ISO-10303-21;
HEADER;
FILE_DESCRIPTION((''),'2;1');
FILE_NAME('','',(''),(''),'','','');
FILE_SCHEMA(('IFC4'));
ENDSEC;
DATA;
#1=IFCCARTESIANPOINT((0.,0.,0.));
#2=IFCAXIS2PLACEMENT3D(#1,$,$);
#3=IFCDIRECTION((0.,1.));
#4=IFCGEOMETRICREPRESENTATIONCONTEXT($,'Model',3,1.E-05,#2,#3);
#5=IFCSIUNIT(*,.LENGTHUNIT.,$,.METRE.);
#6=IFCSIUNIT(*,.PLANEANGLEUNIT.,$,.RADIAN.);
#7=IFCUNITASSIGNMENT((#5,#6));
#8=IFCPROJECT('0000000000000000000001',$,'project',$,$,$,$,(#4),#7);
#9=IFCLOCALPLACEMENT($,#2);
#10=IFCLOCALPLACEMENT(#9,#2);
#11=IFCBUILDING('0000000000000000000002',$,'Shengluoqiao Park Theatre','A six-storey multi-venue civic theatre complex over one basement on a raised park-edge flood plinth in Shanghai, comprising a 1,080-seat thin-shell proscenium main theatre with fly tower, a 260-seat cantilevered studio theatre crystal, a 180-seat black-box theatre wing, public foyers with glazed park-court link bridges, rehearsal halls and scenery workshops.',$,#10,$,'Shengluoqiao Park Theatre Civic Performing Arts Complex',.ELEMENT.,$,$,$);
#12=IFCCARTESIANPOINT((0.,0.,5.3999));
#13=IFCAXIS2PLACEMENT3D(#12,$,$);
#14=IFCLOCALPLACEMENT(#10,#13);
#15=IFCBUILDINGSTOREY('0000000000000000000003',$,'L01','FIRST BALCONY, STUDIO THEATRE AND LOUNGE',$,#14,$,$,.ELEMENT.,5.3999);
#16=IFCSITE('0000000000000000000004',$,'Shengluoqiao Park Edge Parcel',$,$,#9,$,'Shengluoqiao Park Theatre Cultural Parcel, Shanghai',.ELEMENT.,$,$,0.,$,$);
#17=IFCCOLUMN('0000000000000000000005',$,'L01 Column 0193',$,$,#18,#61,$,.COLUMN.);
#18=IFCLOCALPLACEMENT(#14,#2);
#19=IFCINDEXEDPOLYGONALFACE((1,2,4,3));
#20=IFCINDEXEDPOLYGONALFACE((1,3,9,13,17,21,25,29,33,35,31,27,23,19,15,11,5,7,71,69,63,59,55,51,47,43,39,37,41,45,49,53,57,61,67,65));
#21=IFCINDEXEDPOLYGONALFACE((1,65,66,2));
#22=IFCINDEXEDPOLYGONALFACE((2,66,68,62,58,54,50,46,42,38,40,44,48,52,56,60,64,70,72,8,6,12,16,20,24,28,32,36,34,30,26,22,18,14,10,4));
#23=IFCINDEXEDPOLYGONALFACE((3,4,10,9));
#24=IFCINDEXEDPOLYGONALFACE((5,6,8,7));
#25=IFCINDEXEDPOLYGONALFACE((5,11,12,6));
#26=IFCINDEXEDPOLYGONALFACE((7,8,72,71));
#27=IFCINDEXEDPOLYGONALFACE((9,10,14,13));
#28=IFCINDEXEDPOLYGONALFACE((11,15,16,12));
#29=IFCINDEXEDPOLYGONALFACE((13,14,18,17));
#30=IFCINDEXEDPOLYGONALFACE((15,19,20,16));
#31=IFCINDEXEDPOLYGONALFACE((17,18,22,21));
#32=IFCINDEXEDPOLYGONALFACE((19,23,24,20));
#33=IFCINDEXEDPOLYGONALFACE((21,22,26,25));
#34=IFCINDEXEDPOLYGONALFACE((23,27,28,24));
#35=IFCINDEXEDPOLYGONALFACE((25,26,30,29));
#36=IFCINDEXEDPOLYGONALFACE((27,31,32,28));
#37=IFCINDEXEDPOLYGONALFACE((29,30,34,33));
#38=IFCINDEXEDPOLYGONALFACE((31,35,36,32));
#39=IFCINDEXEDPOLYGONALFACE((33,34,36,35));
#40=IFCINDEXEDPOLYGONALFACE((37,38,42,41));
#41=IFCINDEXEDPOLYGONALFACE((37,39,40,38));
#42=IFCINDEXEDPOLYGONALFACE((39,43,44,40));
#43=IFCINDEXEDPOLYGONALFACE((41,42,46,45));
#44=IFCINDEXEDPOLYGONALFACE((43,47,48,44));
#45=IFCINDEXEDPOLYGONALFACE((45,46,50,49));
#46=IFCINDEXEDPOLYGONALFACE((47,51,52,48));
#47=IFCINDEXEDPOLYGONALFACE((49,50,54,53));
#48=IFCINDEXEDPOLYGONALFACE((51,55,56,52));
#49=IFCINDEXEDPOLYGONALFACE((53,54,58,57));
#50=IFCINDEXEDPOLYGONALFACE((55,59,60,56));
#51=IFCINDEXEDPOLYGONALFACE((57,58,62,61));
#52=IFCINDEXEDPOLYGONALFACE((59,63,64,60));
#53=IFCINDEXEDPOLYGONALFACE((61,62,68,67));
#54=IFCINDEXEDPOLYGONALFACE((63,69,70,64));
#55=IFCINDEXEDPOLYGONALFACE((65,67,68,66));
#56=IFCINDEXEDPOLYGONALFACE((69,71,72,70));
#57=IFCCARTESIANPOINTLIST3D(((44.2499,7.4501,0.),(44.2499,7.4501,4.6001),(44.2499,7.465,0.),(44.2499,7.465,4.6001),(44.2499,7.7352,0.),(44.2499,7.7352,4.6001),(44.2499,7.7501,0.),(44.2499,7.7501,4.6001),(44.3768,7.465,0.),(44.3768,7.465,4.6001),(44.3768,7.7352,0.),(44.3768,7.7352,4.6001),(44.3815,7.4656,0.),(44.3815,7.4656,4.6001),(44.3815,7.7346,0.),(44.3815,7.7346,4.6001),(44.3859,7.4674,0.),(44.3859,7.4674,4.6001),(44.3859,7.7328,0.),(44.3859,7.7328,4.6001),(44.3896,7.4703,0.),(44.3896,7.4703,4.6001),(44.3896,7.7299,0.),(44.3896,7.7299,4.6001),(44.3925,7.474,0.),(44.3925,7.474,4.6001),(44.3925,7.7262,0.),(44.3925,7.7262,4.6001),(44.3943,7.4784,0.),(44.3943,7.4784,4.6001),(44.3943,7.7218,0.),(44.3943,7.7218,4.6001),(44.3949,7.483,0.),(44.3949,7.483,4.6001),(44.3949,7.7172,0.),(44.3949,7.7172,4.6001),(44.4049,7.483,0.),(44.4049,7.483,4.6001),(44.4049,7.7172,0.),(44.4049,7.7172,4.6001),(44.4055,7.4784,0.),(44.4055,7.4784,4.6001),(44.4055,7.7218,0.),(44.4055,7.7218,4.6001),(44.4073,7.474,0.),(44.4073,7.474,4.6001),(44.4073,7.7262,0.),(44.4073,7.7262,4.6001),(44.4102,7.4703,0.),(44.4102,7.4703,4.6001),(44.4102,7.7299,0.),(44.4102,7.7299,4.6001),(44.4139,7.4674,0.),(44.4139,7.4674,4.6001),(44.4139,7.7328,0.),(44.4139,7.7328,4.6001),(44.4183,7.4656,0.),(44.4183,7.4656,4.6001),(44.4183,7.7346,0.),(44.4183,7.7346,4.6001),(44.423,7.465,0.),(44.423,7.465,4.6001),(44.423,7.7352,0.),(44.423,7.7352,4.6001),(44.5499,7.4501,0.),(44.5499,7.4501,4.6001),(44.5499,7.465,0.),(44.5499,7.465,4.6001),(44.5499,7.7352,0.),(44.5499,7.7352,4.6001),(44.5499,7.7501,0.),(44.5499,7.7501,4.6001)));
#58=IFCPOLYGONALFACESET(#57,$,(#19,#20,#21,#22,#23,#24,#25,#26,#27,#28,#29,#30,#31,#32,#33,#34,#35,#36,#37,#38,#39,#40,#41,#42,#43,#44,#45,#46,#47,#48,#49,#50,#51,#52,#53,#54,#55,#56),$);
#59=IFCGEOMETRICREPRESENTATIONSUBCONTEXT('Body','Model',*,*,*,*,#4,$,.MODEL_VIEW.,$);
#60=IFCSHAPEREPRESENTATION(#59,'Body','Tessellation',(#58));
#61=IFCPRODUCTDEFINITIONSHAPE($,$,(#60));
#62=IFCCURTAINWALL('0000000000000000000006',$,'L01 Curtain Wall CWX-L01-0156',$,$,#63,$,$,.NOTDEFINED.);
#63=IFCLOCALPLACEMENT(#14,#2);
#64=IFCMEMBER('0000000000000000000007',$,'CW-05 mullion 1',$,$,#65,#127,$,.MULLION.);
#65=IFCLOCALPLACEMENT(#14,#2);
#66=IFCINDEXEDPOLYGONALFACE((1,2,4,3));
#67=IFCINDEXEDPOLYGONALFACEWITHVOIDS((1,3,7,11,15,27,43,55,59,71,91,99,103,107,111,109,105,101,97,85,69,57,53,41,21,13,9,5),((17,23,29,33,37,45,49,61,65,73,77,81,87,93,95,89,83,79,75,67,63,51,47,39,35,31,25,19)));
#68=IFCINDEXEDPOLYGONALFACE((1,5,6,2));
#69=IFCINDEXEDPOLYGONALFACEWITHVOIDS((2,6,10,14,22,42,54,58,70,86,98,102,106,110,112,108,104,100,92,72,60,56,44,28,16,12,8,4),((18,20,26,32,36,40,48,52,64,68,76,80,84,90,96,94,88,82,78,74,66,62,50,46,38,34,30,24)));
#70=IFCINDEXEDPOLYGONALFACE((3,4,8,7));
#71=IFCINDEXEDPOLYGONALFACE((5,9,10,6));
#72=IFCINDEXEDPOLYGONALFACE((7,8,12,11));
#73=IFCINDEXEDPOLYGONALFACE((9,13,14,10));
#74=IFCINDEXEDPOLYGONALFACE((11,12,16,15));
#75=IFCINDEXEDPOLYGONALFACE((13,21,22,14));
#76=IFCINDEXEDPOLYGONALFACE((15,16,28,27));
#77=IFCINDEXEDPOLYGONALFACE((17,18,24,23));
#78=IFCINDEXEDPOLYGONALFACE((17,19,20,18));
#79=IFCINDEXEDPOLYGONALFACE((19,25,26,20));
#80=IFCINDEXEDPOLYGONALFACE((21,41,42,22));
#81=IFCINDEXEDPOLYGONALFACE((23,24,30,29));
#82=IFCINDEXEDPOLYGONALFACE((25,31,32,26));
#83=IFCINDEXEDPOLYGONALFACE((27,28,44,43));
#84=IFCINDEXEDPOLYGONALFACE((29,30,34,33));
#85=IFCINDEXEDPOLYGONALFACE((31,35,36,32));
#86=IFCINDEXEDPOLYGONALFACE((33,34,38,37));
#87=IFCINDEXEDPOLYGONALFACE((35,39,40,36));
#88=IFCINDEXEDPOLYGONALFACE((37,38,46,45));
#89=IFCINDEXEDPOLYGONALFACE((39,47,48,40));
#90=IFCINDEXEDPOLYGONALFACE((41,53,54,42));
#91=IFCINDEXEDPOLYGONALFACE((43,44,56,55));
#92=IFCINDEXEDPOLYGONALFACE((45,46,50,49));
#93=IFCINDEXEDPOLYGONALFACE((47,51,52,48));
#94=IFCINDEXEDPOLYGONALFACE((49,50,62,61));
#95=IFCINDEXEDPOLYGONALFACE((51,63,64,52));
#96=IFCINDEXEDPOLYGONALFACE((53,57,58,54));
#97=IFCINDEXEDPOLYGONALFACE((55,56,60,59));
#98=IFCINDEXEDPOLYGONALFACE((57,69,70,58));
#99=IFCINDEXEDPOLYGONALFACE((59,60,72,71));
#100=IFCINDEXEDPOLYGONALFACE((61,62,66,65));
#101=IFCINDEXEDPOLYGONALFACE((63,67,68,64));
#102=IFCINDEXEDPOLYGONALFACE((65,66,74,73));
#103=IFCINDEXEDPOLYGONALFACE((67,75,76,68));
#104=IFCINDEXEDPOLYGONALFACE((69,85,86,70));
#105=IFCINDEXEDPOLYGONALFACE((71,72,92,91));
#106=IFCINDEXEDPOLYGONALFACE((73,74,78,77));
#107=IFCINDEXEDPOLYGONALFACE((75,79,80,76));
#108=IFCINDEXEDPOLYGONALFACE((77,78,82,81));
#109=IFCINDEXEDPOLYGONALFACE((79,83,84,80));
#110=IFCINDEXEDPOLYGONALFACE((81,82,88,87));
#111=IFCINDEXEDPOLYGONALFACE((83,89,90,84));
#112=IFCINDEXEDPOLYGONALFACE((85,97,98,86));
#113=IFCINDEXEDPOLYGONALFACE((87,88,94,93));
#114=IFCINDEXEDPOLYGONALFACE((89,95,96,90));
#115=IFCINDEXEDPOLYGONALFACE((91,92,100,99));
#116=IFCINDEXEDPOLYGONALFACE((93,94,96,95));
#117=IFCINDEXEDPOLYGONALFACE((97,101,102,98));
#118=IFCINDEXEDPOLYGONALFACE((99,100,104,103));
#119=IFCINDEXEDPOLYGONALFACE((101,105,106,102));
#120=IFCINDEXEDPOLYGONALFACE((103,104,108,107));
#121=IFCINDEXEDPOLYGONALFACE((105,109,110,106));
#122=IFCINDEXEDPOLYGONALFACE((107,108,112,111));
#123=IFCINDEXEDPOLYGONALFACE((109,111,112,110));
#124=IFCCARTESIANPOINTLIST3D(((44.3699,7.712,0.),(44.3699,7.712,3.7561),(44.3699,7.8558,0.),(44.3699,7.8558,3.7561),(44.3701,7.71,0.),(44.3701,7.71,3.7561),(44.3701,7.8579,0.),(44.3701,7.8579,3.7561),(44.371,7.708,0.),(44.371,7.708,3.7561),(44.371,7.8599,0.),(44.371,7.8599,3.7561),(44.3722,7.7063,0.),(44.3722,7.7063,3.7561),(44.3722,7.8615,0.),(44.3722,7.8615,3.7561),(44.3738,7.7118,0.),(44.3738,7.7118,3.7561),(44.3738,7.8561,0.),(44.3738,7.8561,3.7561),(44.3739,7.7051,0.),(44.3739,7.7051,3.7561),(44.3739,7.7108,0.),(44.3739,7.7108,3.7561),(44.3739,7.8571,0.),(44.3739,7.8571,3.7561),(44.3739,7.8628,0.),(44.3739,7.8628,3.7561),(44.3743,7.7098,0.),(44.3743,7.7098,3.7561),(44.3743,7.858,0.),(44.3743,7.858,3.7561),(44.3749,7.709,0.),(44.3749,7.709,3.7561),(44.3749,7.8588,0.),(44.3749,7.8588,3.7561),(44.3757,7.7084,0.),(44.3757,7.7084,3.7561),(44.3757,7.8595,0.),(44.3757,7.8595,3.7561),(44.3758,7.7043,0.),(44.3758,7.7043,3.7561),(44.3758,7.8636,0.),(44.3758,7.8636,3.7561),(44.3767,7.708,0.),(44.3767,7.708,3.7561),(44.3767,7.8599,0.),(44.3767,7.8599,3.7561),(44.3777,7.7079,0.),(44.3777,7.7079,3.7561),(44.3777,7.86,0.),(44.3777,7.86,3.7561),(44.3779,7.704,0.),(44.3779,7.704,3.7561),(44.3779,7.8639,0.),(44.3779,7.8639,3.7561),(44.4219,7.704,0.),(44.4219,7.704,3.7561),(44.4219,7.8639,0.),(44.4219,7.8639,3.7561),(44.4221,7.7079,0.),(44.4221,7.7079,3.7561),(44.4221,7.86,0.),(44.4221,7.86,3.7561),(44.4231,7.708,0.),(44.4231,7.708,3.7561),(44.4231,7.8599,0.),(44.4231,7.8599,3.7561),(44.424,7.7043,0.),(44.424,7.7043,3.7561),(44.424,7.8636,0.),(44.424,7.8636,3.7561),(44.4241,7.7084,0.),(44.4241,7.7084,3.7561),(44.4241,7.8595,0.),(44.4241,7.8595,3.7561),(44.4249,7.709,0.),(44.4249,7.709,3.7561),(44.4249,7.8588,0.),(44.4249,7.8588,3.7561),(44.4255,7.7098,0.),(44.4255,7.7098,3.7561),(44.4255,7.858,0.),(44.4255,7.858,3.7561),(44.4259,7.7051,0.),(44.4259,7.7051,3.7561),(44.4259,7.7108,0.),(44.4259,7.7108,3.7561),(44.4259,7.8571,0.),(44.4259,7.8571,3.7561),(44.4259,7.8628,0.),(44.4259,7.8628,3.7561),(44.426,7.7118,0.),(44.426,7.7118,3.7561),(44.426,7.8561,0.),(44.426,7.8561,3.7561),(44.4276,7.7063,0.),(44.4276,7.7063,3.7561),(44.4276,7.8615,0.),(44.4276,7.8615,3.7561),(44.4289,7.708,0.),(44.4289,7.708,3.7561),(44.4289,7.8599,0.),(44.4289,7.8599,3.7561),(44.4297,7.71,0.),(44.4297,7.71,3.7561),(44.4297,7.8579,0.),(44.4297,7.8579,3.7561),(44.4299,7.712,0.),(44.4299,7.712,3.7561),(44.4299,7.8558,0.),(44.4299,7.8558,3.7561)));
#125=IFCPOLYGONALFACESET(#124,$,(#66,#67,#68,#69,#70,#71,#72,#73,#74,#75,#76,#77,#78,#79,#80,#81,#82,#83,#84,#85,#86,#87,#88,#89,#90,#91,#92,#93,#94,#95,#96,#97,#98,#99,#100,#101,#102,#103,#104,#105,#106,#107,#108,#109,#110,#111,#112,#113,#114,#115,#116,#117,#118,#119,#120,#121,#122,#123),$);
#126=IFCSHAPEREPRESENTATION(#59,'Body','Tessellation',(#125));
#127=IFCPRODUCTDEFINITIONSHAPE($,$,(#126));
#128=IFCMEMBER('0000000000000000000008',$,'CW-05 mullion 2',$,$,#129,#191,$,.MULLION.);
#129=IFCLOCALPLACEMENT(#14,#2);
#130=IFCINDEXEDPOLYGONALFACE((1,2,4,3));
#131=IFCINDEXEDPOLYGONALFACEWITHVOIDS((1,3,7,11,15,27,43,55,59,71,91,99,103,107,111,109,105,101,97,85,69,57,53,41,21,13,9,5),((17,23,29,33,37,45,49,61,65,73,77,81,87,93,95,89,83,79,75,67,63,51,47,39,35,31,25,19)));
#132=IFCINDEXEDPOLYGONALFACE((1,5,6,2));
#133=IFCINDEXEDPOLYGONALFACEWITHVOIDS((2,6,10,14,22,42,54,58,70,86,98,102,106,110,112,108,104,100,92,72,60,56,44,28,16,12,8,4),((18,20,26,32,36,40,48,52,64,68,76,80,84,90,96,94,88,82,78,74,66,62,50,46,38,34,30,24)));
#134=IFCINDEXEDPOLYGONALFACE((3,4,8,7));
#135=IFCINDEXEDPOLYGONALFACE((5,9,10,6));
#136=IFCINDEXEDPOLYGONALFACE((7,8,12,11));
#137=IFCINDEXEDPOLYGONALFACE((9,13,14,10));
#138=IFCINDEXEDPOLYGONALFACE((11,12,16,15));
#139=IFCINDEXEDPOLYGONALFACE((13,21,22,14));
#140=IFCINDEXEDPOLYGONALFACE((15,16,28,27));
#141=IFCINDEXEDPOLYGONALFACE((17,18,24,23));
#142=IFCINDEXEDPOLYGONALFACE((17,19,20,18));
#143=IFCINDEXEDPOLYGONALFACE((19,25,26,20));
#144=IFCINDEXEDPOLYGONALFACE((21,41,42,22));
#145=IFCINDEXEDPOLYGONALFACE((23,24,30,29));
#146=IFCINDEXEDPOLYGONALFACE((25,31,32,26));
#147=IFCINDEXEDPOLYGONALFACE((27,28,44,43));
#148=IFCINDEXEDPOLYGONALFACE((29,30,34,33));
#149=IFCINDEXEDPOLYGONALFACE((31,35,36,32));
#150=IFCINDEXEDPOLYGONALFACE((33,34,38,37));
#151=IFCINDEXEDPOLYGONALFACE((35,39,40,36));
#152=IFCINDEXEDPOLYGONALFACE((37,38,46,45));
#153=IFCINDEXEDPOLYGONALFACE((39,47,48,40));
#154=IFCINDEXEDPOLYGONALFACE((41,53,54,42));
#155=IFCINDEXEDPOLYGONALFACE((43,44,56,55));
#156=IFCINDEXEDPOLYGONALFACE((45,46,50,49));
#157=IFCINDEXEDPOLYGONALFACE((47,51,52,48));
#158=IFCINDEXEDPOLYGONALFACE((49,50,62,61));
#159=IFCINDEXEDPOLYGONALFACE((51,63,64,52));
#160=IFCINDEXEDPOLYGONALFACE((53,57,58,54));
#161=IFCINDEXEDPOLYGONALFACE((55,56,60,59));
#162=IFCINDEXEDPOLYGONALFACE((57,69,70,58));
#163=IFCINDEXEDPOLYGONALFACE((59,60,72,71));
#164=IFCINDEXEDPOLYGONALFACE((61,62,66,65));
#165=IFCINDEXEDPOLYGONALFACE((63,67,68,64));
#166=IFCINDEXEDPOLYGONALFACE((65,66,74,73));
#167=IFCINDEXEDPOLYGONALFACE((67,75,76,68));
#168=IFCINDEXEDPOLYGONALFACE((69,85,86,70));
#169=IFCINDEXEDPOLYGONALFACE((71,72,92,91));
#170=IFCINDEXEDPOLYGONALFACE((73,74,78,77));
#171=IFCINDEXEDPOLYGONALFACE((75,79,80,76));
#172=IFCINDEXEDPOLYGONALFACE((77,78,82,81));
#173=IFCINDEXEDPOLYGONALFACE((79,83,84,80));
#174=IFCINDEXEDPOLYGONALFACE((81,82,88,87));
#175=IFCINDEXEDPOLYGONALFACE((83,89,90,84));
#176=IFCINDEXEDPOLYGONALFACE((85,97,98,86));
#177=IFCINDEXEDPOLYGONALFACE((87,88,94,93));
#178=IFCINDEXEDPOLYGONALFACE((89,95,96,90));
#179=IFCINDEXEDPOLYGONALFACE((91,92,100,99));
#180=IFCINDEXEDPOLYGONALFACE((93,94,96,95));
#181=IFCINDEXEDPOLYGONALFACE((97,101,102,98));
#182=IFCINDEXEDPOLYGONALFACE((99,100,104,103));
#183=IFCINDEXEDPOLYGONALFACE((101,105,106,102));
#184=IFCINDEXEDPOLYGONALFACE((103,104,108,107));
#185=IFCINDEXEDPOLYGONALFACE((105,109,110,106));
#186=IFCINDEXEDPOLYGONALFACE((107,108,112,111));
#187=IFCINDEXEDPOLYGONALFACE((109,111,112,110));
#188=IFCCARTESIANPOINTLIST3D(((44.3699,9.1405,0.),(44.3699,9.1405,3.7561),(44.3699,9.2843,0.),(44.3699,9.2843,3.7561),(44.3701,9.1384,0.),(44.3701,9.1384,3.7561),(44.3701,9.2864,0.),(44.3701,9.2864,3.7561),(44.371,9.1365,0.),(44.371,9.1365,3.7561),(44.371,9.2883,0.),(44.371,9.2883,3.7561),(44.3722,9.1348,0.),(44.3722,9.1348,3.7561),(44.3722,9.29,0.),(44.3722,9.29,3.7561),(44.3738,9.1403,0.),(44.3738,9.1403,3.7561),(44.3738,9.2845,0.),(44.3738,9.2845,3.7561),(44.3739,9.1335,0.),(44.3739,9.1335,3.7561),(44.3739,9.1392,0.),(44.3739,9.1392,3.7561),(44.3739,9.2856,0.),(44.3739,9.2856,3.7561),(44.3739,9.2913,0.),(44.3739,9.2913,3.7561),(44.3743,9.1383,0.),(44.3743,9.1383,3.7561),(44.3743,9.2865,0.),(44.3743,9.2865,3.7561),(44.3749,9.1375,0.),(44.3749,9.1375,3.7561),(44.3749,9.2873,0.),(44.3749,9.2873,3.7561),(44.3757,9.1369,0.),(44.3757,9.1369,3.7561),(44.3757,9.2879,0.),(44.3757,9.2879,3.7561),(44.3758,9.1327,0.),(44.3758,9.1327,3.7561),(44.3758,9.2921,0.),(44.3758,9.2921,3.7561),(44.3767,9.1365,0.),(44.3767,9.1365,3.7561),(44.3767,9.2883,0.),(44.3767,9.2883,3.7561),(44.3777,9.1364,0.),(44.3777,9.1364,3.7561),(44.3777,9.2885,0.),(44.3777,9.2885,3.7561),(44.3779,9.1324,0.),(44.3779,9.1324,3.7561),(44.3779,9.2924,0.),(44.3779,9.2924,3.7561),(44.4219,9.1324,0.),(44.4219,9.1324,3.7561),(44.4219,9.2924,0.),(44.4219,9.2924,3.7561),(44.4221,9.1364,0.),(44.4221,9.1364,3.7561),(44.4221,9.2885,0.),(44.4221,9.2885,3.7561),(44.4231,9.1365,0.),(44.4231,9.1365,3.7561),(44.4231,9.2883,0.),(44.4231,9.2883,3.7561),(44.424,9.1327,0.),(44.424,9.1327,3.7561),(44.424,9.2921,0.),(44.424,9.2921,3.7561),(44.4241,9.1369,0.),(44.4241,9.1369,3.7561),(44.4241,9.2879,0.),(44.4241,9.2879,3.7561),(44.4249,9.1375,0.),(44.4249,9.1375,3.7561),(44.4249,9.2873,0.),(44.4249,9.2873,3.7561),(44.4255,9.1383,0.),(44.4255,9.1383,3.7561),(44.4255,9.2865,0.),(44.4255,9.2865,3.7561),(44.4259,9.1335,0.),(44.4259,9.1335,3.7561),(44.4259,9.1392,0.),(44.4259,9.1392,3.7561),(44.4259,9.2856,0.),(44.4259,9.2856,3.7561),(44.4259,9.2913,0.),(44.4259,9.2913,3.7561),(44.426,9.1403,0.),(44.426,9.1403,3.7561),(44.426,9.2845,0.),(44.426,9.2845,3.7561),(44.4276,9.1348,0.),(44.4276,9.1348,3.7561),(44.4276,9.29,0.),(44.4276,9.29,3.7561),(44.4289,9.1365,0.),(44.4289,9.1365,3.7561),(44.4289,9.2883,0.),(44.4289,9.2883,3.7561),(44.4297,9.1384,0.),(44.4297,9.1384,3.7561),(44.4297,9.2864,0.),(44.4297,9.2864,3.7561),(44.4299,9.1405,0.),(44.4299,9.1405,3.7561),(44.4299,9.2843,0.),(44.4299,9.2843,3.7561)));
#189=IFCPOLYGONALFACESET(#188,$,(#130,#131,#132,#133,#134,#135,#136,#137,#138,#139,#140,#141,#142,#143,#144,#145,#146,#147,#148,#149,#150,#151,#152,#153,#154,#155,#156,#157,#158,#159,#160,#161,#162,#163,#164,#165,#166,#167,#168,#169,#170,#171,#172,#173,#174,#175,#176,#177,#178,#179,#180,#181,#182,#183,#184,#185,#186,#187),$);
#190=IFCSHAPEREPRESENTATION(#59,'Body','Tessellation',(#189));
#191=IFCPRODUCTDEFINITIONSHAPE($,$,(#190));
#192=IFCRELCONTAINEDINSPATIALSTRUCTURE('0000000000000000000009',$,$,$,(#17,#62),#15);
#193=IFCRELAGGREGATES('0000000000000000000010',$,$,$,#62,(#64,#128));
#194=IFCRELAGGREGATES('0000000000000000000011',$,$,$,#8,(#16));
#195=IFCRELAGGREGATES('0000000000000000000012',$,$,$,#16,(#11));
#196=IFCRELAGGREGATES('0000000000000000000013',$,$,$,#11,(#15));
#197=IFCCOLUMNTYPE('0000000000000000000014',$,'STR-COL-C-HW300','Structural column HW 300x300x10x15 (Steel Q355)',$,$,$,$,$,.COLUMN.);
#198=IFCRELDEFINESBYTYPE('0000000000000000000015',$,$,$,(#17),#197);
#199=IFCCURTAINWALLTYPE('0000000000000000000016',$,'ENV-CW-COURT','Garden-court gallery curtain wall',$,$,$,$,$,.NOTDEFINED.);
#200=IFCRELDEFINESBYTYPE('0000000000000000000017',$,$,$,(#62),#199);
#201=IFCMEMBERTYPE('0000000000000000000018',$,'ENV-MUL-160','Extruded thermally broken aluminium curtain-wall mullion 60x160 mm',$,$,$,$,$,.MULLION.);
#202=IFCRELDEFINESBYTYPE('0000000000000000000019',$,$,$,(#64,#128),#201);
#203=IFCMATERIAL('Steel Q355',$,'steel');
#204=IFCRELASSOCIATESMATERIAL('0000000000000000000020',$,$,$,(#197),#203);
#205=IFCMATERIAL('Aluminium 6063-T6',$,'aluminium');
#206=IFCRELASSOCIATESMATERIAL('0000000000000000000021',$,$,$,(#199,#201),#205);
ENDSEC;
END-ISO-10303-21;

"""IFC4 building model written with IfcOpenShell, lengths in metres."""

from ifc_helpers import new_model, si_unit, direction, frame, origin, origin_2d, place, context, subcontext, project, spatial, hollow_rectangle, i_section, extrude, material, material_profile, profile_set, type_object, element, aggregate, save


model = new_model("IFC4")

# Units and contexts
model_context = context("Model", 3, precision=1e-05, world=origin(), true_north=direction((0.0, 1.0)))
body_context = subcontext(model_context, "Body", "Model", "MODEL_VIEW")
ifc_project = project(units=[si_unit("LENGTHUNIT", "METRE"), si_unit("PLANEANGLEUNIT", "RADIAN")], contexts=[model_context])

# Site, building, storey
site_placement = place(None, origin())
site = spatial("IfcSite", under=ifc_project, at=site_placement, Name="Shengluoqiao Park Edge Parcel", LongName="Shengluoqiao Park Theatre Cultural Parcel, Shanghai", CompositionType="ELEMENT", RefElevation=0.0)
building_placement = place(site_placement, origin())
building = spatial("IfcBuilding", under=site, at=building_placement, Name="Shengluoqiao Park Theatre", Description="A six-storey multi-venue civic theatre complex over one basement on a raised park-edge flood plinth in Shanghai, comprising a 1,080-seat thin-shell proscenium main theatre with fly tower, a 260-seat cantilevered studio theatre crystal, a 180-seat black-box theatre wing, public foyers with glazed park-court link bridges, rehearsal halls and scenery workshops.", LongName="Shengluoqiao Park Theatre Civic Performing Arts Complex", CompositionType="ELEMENT")
storey_placement = place(building_placement, frame((0.0, 0.0, 5.3999)))
storey = spatial("IfcBuildingStorey", under=building, at=storey_placement, Name="L01", Description="FIRST BALCONY, STUDIO THEATRE AND LOUNGE", CompositionType="ELEMENT", Elevation=5.3999)

# Column
ifc_material_1 = material(Name="Steel Q355", Category="steel")
ifc_material_profile_1 = material_profile(ifc_material_1, i_section(OverallWidth=0.3, OverallDepth=0.3, WebThickness=0.01, FlangeThickness=0.0149, FilletRadius=0.0181, at=origin_2d()), Name="HW 300x300x10x15")
ifc_profile_set_1 = profile_set([ifc_material_profile_1], Name="Steel Q355")
column_type = type_object("IfcColumnType", Name="STR-COL-C-HW300", Description="Structural column HW 300x300x10x15 (Steel Q355)", PredefinedType="COLUMN", material=ifc_profile_set_1)
column_placement = place(storey_placement, frame((44.3999, 7.6001, 0.0), z_axis=(0.0, 0.0, 1.0), x_axis=(1.0, 0.0, 0.0)))
element("IfcColumn", 1, at=column_placement, inside=storey, type_object=column_type, Name="L01 Column 0193", PredefinedType="COLUMN", context=body_context, shape_type="SweptSolid", body=[
    extrude(i_section(OverallWidth=0.3, OverallDepth=0.3, WebThickness=0.01, FlangeThickness=0.0149, FilletRadius=0.0181, at=origin_2d()), origin(), (0.0, 0.0, 1.0), 4.6001),
])

# Curtain wall, members
ifc_material_2 = material(Name="Aluminium 6063-T6", Category="aluminium")
curtain_wall_type = type_object("IfcCurtainWallType", Name="ENV-CW-COURT", Description="Garden-court gallery curtain wall", PredefinedType="NOTDEFINED", material=ifc_material_2)
curtain_wall_placement = place(storey_placement, origin())
curtain_wall = element("IfcCurtainWall", 2, at=curtain_wall_placement, inside=storey, type_object=curtain_wall_type, Name="L01 Curtain Wall CWX-L01-0156", PredefinedType="NOTDEFINED")
ifc_material_profile_2 = material_profile(ifc_material_2, hollow_rectangle(XDim=0.0601, YDim=0.1599, WallThickness=0.0039, InnerFilletRadius=0.0039, OuterFilletRadius=0.0081, at=origin_2d()), Name="ALU MULLION 160x60x4")
ifc_profile_set_2 = profile_set([ifc_material_profile_2], Name="Aluminium 6063-T6")
member_type_1 = type_object("IfcMemberType", Name="ENV-MUL-160", Description="Extruded thermally broken aluminium curtain-wall mullion 60x160 mm", PredefinedType="MULLION", material=ifc_profile_set_2)
member_1_placement = place(storey_placement, frame((44.3999, 7.7839, 0.0), z_axis=(0.0, 0.0, 1.0), x_axis=(-1.0, 0.0, 0.0)))
member_1 = element("IfcMember", 3, at=member_1_placement, type_object=member_type_1, Name="CW-05 mullion 1", PredefinedType="MULLION", context=body_context, shape_type="SweptSolid", body=[
    extrude(hollow_rectangle(XDim=0.0601, YDim=0.1599, WallThickness=0.0039, InnerFilletRadius=0.0039, OuterFilletRadius=0.0081, at=origin_2d()), origin(), (0.0, 0.0, 1.0), 3.7561),
])
member_2_placement = place(storey_placement, frame((44.3999, 9.2124, 0.0), z_axis=(0.0, 0.0, 1.0), x_axis=(-1.0, 0.0, 0.0)))
member_2 = element("IfcMember", 4, at=member_2_placement, type_object=member_type_1, Name="CW-05 mullion 2", PredefinedType="MULLION", context=body_context, shape_type="SweptSolid", body=[
    extrude(hollow_rectangle(XDim=0.0601, YDim=0.1599, WallThickness=0.0039, InnerFilletRadius=0.0039, OuterFilletRadius=0.0081, at=origin_2d()), origin(), (0.0, 0.0, 1.0), 3.7561),
])

aggregate(curtain_wall, [member_1, member_2])

save(model, "model.ifc")
